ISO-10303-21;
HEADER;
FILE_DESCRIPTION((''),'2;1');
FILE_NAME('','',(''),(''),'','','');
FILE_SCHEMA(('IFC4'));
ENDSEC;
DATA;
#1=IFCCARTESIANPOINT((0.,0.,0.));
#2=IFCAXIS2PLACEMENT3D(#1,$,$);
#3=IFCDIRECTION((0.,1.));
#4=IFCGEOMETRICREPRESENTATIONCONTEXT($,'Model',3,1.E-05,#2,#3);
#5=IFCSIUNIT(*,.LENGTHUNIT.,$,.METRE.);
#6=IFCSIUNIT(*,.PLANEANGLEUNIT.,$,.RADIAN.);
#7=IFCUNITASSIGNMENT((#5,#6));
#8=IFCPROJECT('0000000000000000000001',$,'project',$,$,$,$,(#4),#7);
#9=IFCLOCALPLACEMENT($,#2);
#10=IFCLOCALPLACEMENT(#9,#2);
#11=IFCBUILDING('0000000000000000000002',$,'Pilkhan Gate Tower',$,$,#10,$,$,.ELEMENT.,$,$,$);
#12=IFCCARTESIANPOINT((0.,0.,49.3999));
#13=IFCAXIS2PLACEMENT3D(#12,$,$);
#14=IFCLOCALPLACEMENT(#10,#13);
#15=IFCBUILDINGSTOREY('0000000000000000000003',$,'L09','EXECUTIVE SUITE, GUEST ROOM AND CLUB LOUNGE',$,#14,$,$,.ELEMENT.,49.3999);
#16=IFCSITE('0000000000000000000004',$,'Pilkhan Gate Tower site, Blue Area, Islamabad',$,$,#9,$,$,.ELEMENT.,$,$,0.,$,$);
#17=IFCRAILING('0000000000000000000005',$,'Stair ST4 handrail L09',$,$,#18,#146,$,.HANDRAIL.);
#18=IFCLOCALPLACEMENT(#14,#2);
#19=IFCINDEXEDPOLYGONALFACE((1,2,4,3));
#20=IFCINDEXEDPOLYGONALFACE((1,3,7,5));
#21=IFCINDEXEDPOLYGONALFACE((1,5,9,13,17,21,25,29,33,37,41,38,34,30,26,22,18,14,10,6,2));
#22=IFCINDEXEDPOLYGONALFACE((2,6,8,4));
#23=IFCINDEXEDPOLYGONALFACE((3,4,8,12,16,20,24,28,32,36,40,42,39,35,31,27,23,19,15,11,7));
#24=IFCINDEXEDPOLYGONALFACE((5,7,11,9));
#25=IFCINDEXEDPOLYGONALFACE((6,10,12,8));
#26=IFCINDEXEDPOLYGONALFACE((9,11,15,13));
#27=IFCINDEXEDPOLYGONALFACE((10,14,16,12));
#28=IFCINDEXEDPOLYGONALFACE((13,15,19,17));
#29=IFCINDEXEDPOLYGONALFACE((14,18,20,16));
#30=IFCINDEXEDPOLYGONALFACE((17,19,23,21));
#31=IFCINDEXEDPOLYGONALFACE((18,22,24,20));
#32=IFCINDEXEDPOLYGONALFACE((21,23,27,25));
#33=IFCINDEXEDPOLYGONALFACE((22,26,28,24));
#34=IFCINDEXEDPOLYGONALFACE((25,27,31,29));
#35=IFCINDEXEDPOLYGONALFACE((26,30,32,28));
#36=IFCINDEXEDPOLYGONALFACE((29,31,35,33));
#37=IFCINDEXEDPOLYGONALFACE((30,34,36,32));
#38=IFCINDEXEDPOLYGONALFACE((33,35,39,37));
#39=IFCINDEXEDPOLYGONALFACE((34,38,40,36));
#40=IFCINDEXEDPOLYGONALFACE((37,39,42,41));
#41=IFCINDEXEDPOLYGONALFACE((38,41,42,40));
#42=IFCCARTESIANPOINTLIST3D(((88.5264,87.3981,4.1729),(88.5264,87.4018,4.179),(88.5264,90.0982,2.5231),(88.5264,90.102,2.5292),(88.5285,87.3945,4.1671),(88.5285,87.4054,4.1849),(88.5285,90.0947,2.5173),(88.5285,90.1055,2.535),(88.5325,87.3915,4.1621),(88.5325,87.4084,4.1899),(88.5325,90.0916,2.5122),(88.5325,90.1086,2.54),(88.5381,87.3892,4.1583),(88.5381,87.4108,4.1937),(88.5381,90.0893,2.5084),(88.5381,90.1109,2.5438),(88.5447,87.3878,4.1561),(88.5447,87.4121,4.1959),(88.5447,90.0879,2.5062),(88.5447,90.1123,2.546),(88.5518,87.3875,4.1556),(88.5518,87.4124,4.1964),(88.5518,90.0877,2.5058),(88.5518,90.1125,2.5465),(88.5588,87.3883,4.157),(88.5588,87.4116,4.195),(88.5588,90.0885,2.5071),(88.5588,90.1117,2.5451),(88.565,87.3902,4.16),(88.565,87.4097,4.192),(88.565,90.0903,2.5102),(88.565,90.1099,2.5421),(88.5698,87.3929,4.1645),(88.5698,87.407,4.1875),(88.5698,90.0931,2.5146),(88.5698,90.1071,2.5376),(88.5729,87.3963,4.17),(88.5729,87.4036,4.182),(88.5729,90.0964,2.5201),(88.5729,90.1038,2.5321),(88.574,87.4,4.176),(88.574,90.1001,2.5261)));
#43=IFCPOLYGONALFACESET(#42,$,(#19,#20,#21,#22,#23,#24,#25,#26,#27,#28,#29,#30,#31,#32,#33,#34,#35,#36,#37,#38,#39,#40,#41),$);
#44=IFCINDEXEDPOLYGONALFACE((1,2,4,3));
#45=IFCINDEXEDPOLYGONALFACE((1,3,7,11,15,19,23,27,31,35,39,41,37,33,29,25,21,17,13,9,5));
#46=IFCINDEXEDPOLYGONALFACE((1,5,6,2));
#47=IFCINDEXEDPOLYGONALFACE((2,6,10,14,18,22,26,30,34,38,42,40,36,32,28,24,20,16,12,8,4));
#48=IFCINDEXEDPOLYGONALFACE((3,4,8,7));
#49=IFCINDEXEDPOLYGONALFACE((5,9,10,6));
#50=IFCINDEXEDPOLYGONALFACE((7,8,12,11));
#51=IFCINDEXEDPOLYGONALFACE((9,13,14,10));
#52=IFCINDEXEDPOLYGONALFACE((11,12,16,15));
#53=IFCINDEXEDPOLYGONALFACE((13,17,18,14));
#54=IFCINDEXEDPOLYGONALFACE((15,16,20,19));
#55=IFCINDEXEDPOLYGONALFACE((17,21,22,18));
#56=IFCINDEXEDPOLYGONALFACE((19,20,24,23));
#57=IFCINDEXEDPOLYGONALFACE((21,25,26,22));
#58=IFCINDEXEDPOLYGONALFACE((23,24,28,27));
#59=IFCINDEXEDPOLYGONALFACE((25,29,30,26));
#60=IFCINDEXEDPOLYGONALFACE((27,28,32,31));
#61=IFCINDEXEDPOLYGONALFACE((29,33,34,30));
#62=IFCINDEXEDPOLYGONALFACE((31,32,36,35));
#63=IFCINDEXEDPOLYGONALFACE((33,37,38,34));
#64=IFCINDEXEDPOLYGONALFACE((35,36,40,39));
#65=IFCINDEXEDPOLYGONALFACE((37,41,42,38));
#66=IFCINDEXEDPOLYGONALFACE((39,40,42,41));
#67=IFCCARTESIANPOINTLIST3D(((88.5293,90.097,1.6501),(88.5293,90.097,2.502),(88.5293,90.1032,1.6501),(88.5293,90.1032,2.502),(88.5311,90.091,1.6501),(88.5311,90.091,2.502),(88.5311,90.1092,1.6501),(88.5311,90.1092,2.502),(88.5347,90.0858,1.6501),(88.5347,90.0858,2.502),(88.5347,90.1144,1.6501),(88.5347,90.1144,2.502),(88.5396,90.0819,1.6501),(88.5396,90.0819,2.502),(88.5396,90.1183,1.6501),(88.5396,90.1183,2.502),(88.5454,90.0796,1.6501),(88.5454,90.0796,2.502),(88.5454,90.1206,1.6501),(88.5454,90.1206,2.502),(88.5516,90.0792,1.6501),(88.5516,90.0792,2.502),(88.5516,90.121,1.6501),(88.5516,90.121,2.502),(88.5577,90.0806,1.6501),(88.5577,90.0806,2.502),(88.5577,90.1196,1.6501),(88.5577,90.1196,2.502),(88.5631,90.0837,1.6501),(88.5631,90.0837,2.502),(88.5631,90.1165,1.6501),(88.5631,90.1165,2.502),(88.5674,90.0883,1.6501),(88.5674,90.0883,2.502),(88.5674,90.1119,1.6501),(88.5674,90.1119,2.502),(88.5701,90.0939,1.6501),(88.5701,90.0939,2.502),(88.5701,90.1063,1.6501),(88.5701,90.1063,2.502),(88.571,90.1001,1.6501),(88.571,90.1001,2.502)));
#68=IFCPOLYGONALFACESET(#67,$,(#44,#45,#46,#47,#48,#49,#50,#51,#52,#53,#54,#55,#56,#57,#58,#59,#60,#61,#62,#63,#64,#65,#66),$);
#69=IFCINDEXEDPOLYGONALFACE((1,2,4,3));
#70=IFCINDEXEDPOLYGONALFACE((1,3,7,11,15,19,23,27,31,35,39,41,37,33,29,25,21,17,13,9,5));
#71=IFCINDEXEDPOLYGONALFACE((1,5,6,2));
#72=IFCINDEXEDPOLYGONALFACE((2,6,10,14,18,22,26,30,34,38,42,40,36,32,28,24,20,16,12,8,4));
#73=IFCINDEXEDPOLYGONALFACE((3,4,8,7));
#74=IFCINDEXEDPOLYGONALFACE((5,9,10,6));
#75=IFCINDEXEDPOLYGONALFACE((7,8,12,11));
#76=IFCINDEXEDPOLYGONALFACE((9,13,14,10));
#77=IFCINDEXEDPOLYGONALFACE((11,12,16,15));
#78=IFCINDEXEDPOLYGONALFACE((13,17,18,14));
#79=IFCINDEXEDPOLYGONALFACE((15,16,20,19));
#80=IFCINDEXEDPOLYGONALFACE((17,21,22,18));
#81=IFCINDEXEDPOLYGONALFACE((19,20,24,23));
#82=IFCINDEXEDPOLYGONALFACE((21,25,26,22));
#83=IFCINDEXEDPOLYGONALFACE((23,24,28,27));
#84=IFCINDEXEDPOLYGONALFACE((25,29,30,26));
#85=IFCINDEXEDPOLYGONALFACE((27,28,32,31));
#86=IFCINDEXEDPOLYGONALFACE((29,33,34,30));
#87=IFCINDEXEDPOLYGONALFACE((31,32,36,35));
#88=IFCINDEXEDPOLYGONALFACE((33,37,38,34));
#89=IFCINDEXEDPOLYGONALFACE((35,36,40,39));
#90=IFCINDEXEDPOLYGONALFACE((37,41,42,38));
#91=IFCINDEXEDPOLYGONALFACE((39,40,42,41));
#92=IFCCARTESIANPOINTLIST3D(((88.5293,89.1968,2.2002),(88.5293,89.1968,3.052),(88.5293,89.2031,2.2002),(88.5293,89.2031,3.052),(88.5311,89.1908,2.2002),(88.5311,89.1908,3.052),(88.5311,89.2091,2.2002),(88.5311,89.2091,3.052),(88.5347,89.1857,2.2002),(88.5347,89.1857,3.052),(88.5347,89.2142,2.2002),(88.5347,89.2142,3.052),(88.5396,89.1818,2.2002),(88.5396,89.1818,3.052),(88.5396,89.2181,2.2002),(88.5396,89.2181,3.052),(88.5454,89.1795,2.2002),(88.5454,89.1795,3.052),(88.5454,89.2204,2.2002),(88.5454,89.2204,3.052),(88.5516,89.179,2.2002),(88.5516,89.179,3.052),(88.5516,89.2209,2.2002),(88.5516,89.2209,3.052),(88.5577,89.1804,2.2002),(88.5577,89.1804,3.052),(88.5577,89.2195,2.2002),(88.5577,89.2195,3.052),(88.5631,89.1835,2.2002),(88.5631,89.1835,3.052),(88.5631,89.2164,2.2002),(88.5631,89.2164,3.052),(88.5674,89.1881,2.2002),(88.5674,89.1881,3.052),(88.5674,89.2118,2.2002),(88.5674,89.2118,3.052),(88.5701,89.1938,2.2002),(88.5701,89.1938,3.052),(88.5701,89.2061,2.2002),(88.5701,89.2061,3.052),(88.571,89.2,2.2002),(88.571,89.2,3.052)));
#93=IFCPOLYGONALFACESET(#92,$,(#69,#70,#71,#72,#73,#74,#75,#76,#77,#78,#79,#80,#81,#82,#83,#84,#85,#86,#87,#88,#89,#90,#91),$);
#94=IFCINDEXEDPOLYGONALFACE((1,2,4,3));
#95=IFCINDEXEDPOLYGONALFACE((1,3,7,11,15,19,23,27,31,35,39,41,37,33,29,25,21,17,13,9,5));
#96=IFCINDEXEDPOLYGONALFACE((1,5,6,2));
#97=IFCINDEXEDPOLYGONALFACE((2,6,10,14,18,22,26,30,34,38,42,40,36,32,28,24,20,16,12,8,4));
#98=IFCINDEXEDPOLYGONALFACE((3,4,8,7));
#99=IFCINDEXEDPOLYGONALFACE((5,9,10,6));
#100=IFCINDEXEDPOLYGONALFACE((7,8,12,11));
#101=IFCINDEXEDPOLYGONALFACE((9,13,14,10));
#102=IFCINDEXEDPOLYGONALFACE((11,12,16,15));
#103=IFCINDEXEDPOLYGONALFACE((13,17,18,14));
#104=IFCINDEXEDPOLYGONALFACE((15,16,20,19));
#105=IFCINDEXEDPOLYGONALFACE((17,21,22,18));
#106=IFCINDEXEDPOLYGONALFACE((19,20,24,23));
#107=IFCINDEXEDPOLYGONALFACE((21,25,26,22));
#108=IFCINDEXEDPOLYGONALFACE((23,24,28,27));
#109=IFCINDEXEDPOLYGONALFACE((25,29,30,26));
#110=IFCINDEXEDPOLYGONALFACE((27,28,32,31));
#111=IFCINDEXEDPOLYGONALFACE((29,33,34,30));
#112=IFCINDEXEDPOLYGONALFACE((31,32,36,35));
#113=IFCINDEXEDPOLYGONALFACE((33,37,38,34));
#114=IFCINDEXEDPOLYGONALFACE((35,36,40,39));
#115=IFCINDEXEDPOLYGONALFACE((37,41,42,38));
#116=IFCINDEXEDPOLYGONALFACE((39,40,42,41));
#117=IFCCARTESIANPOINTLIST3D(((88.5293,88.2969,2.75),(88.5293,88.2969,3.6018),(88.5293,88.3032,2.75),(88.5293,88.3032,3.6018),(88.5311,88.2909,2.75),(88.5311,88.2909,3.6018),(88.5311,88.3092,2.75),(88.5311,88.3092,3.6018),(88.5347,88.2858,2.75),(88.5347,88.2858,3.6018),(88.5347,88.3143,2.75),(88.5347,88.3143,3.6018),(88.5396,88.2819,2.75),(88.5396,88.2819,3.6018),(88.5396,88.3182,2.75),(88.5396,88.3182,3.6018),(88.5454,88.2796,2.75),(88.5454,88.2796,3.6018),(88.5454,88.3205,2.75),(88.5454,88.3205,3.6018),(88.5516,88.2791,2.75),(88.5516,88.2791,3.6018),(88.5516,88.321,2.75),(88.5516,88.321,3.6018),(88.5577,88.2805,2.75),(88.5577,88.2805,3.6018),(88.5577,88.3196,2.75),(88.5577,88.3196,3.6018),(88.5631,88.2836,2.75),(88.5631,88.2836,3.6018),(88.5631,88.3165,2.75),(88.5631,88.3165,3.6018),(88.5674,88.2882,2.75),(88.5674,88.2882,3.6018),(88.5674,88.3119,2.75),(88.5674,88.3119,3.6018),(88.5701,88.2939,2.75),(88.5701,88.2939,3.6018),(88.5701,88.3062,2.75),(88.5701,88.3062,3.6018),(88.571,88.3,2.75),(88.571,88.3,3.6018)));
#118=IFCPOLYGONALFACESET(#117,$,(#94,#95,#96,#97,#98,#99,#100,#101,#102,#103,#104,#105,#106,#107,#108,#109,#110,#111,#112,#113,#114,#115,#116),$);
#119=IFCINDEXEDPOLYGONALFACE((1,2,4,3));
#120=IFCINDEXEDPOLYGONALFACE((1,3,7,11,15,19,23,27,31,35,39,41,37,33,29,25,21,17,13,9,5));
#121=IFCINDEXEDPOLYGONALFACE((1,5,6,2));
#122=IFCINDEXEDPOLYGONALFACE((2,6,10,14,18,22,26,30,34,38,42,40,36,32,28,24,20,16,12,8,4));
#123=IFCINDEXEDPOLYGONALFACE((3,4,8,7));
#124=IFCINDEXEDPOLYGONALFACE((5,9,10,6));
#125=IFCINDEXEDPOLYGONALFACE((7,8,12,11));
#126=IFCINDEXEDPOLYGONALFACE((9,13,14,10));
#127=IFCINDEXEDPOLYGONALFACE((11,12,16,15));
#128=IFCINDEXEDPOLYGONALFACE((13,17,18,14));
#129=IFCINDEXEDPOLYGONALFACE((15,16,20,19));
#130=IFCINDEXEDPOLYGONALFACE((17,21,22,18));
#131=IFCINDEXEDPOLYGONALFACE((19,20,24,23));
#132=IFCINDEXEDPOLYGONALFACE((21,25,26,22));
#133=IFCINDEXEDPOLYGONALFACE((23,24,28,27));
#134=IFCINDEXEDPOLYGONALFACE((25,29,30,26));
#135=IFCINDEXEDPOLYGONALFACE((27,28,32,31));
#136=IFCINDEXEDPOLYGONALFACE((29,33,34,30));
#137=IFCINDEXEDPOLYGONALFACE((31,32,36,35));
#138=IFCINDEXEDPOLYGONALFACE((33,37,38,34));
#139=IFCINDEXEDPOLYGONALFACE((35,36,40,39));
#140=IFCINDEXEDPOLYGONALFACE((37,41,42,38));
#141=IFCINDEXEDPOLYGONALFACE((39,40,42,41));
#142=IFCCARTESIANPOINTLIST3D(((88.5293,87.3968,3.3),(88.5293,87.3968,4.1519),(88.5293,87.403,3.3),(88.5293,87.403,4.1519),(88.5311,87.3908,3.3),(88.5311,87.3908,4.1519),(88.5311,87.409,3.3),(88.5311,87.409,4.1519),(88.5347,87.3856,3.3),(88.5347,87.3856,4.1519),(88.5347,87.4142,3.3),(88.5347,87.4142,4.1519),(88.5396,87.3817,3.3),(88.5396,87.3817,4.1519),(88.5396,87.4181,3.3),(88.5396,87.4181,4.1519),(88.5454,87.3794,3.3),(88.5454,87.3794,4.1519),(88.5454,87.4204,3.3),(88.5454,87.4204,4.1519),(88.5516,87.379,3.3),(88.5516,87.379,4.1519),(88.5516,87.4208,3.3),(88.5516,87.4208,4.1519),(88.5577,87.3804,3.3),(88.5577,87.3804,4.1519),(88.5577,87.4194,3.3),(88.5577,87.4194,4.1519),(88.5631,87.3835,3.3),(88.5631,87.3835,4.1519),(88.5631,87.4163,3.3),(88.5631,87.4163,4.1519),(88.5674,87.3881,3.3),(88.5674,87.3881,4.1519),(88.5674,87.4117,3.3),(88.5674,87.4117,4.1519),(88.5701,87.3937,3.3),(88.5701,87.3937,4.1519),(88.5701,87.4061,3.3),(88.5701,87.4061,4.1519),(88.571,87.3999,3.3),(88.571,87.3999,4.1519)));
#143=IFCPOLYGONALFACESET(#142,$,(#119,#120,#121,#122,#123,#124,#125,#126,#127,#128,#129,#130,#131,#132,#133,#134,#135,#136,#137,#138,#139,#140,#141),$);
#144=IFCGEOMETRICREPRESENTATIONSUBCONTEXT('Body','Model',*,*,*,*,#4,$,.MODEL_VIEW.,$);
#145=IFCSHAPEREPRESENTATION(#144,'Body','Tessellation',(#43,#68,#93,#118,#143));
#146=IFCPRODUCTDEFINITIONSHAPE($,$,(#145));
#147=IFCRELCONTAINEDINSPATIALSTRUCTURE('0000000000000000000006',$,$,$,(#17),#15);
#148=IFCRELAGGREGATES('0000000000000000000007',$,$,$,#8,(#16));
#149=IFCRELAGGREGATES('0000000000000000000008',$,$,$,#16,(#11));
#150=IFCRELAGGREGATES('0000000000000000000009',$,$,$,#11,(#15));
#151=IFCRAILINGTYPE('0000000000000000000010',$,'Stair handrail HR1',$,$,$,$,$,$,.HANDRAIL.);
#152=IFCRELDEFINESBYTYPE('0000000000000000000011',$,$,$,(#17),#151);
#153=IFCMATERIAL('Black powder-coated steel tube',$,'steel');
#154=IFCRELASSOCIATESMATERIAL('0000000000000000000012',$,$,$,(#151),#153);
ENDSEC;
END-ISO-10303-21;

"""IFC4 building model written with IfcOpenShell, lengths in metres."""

from ifc_helpers import new_model, si_unit, direction, frame, origin, origin_2d, place, context, subcontext, project, spatial, circle, extrude, material, type_object, element, save


model = new_model("IFC4")

# Units and contexts
model_context = context("Model", 3, precision=1e-05, world=origin(), true_north=direction((0.0, 1.0)))
body_context = subcontext(model_context, "Body", "Model", "MODEL_VIEW")
ifc_project = project(units=[si_unit("LENGTHUNIT", "METRE"), si_unit("PLANEANGLEUNIT", "RADIAN")], contexts=[model_context])

# Site, building, storey
site_placement = place(None, origin())
site = spatial("IfcSite", under=ifc_project, at=site_placement, Name="Pilkhan Gate Tower site, Blue Area, Islamabad", CompositionType="ELEMENT", RefElevation=0.0)
building_placement = place(site_placement, origin())
building = spatial("IfcBuilding", under=site, at=building_placement, Name="Pilkhan Gate Tower", CompositionType="ELEMENT")
storey_placement = place(building_placement, frame((0.0, 0.0, 49.3999)))
storey = spatial("IfcBuildingStorey", under=building, at=storey_placement, Name="L09", Description="EXECUTIVE SUITE, GUEST ROOM AND CLUB LOUNGE", CompositionType="ELEMENT", Elevation=49.3999)

# Railing
ifc_material_1 = material(Name="Black powder-coated steel tube", Category="steel")
railing_type_1 = type_object("IfcRailingType", Name="Stair handrail HR1", PredefinedType="HANDRAIL", material=ifc_material_1)
railing_1_placement = place(storey_placement, frame((88.55, 90.1001, 1.6501)))
element("IfcRailing", 1, at=railing_1_placement, inside=storey, type_object=railing_type_1, Name="Stair ST4 handrail L09", PredefinedType="HANDRAIL", context=body_context, shape_type="SweptSolid", body=[
    extrude(circle(Radius=0.0239, at=origin_2d()), frame((0.0, 0.0, 0.876), z_axis=(0.0, -0.853312, 0.5214), x_axis=(1.0, 0.0, 0.0)), (0.0, 0.0, 1.0), 3.1643),
    extrude(circle(Radius=0.021, at=origin_2d()), origin(), (0.0, 0.0, 1.0), 0.8518),
    extrude(circle(Radius=0.021, at=origin_2d()), frame((0.0, -0.9001, 0.55)), (0.0, 0.0, 1.0), 0.8518),
    extrude(circle(Radius=0.021, at=origin_2d()), frame((0.0, -1.8, 1.0999)), (0.0, 0.0, 1.0), 0.8518),
    extrude(circle(Radius=0.021, at=origin_2d()), frame((0.0, -2.7002, 1.6499)), (0.0, 0.0, 1.0), 0.8518),
])

save(model, "model.ifc")
